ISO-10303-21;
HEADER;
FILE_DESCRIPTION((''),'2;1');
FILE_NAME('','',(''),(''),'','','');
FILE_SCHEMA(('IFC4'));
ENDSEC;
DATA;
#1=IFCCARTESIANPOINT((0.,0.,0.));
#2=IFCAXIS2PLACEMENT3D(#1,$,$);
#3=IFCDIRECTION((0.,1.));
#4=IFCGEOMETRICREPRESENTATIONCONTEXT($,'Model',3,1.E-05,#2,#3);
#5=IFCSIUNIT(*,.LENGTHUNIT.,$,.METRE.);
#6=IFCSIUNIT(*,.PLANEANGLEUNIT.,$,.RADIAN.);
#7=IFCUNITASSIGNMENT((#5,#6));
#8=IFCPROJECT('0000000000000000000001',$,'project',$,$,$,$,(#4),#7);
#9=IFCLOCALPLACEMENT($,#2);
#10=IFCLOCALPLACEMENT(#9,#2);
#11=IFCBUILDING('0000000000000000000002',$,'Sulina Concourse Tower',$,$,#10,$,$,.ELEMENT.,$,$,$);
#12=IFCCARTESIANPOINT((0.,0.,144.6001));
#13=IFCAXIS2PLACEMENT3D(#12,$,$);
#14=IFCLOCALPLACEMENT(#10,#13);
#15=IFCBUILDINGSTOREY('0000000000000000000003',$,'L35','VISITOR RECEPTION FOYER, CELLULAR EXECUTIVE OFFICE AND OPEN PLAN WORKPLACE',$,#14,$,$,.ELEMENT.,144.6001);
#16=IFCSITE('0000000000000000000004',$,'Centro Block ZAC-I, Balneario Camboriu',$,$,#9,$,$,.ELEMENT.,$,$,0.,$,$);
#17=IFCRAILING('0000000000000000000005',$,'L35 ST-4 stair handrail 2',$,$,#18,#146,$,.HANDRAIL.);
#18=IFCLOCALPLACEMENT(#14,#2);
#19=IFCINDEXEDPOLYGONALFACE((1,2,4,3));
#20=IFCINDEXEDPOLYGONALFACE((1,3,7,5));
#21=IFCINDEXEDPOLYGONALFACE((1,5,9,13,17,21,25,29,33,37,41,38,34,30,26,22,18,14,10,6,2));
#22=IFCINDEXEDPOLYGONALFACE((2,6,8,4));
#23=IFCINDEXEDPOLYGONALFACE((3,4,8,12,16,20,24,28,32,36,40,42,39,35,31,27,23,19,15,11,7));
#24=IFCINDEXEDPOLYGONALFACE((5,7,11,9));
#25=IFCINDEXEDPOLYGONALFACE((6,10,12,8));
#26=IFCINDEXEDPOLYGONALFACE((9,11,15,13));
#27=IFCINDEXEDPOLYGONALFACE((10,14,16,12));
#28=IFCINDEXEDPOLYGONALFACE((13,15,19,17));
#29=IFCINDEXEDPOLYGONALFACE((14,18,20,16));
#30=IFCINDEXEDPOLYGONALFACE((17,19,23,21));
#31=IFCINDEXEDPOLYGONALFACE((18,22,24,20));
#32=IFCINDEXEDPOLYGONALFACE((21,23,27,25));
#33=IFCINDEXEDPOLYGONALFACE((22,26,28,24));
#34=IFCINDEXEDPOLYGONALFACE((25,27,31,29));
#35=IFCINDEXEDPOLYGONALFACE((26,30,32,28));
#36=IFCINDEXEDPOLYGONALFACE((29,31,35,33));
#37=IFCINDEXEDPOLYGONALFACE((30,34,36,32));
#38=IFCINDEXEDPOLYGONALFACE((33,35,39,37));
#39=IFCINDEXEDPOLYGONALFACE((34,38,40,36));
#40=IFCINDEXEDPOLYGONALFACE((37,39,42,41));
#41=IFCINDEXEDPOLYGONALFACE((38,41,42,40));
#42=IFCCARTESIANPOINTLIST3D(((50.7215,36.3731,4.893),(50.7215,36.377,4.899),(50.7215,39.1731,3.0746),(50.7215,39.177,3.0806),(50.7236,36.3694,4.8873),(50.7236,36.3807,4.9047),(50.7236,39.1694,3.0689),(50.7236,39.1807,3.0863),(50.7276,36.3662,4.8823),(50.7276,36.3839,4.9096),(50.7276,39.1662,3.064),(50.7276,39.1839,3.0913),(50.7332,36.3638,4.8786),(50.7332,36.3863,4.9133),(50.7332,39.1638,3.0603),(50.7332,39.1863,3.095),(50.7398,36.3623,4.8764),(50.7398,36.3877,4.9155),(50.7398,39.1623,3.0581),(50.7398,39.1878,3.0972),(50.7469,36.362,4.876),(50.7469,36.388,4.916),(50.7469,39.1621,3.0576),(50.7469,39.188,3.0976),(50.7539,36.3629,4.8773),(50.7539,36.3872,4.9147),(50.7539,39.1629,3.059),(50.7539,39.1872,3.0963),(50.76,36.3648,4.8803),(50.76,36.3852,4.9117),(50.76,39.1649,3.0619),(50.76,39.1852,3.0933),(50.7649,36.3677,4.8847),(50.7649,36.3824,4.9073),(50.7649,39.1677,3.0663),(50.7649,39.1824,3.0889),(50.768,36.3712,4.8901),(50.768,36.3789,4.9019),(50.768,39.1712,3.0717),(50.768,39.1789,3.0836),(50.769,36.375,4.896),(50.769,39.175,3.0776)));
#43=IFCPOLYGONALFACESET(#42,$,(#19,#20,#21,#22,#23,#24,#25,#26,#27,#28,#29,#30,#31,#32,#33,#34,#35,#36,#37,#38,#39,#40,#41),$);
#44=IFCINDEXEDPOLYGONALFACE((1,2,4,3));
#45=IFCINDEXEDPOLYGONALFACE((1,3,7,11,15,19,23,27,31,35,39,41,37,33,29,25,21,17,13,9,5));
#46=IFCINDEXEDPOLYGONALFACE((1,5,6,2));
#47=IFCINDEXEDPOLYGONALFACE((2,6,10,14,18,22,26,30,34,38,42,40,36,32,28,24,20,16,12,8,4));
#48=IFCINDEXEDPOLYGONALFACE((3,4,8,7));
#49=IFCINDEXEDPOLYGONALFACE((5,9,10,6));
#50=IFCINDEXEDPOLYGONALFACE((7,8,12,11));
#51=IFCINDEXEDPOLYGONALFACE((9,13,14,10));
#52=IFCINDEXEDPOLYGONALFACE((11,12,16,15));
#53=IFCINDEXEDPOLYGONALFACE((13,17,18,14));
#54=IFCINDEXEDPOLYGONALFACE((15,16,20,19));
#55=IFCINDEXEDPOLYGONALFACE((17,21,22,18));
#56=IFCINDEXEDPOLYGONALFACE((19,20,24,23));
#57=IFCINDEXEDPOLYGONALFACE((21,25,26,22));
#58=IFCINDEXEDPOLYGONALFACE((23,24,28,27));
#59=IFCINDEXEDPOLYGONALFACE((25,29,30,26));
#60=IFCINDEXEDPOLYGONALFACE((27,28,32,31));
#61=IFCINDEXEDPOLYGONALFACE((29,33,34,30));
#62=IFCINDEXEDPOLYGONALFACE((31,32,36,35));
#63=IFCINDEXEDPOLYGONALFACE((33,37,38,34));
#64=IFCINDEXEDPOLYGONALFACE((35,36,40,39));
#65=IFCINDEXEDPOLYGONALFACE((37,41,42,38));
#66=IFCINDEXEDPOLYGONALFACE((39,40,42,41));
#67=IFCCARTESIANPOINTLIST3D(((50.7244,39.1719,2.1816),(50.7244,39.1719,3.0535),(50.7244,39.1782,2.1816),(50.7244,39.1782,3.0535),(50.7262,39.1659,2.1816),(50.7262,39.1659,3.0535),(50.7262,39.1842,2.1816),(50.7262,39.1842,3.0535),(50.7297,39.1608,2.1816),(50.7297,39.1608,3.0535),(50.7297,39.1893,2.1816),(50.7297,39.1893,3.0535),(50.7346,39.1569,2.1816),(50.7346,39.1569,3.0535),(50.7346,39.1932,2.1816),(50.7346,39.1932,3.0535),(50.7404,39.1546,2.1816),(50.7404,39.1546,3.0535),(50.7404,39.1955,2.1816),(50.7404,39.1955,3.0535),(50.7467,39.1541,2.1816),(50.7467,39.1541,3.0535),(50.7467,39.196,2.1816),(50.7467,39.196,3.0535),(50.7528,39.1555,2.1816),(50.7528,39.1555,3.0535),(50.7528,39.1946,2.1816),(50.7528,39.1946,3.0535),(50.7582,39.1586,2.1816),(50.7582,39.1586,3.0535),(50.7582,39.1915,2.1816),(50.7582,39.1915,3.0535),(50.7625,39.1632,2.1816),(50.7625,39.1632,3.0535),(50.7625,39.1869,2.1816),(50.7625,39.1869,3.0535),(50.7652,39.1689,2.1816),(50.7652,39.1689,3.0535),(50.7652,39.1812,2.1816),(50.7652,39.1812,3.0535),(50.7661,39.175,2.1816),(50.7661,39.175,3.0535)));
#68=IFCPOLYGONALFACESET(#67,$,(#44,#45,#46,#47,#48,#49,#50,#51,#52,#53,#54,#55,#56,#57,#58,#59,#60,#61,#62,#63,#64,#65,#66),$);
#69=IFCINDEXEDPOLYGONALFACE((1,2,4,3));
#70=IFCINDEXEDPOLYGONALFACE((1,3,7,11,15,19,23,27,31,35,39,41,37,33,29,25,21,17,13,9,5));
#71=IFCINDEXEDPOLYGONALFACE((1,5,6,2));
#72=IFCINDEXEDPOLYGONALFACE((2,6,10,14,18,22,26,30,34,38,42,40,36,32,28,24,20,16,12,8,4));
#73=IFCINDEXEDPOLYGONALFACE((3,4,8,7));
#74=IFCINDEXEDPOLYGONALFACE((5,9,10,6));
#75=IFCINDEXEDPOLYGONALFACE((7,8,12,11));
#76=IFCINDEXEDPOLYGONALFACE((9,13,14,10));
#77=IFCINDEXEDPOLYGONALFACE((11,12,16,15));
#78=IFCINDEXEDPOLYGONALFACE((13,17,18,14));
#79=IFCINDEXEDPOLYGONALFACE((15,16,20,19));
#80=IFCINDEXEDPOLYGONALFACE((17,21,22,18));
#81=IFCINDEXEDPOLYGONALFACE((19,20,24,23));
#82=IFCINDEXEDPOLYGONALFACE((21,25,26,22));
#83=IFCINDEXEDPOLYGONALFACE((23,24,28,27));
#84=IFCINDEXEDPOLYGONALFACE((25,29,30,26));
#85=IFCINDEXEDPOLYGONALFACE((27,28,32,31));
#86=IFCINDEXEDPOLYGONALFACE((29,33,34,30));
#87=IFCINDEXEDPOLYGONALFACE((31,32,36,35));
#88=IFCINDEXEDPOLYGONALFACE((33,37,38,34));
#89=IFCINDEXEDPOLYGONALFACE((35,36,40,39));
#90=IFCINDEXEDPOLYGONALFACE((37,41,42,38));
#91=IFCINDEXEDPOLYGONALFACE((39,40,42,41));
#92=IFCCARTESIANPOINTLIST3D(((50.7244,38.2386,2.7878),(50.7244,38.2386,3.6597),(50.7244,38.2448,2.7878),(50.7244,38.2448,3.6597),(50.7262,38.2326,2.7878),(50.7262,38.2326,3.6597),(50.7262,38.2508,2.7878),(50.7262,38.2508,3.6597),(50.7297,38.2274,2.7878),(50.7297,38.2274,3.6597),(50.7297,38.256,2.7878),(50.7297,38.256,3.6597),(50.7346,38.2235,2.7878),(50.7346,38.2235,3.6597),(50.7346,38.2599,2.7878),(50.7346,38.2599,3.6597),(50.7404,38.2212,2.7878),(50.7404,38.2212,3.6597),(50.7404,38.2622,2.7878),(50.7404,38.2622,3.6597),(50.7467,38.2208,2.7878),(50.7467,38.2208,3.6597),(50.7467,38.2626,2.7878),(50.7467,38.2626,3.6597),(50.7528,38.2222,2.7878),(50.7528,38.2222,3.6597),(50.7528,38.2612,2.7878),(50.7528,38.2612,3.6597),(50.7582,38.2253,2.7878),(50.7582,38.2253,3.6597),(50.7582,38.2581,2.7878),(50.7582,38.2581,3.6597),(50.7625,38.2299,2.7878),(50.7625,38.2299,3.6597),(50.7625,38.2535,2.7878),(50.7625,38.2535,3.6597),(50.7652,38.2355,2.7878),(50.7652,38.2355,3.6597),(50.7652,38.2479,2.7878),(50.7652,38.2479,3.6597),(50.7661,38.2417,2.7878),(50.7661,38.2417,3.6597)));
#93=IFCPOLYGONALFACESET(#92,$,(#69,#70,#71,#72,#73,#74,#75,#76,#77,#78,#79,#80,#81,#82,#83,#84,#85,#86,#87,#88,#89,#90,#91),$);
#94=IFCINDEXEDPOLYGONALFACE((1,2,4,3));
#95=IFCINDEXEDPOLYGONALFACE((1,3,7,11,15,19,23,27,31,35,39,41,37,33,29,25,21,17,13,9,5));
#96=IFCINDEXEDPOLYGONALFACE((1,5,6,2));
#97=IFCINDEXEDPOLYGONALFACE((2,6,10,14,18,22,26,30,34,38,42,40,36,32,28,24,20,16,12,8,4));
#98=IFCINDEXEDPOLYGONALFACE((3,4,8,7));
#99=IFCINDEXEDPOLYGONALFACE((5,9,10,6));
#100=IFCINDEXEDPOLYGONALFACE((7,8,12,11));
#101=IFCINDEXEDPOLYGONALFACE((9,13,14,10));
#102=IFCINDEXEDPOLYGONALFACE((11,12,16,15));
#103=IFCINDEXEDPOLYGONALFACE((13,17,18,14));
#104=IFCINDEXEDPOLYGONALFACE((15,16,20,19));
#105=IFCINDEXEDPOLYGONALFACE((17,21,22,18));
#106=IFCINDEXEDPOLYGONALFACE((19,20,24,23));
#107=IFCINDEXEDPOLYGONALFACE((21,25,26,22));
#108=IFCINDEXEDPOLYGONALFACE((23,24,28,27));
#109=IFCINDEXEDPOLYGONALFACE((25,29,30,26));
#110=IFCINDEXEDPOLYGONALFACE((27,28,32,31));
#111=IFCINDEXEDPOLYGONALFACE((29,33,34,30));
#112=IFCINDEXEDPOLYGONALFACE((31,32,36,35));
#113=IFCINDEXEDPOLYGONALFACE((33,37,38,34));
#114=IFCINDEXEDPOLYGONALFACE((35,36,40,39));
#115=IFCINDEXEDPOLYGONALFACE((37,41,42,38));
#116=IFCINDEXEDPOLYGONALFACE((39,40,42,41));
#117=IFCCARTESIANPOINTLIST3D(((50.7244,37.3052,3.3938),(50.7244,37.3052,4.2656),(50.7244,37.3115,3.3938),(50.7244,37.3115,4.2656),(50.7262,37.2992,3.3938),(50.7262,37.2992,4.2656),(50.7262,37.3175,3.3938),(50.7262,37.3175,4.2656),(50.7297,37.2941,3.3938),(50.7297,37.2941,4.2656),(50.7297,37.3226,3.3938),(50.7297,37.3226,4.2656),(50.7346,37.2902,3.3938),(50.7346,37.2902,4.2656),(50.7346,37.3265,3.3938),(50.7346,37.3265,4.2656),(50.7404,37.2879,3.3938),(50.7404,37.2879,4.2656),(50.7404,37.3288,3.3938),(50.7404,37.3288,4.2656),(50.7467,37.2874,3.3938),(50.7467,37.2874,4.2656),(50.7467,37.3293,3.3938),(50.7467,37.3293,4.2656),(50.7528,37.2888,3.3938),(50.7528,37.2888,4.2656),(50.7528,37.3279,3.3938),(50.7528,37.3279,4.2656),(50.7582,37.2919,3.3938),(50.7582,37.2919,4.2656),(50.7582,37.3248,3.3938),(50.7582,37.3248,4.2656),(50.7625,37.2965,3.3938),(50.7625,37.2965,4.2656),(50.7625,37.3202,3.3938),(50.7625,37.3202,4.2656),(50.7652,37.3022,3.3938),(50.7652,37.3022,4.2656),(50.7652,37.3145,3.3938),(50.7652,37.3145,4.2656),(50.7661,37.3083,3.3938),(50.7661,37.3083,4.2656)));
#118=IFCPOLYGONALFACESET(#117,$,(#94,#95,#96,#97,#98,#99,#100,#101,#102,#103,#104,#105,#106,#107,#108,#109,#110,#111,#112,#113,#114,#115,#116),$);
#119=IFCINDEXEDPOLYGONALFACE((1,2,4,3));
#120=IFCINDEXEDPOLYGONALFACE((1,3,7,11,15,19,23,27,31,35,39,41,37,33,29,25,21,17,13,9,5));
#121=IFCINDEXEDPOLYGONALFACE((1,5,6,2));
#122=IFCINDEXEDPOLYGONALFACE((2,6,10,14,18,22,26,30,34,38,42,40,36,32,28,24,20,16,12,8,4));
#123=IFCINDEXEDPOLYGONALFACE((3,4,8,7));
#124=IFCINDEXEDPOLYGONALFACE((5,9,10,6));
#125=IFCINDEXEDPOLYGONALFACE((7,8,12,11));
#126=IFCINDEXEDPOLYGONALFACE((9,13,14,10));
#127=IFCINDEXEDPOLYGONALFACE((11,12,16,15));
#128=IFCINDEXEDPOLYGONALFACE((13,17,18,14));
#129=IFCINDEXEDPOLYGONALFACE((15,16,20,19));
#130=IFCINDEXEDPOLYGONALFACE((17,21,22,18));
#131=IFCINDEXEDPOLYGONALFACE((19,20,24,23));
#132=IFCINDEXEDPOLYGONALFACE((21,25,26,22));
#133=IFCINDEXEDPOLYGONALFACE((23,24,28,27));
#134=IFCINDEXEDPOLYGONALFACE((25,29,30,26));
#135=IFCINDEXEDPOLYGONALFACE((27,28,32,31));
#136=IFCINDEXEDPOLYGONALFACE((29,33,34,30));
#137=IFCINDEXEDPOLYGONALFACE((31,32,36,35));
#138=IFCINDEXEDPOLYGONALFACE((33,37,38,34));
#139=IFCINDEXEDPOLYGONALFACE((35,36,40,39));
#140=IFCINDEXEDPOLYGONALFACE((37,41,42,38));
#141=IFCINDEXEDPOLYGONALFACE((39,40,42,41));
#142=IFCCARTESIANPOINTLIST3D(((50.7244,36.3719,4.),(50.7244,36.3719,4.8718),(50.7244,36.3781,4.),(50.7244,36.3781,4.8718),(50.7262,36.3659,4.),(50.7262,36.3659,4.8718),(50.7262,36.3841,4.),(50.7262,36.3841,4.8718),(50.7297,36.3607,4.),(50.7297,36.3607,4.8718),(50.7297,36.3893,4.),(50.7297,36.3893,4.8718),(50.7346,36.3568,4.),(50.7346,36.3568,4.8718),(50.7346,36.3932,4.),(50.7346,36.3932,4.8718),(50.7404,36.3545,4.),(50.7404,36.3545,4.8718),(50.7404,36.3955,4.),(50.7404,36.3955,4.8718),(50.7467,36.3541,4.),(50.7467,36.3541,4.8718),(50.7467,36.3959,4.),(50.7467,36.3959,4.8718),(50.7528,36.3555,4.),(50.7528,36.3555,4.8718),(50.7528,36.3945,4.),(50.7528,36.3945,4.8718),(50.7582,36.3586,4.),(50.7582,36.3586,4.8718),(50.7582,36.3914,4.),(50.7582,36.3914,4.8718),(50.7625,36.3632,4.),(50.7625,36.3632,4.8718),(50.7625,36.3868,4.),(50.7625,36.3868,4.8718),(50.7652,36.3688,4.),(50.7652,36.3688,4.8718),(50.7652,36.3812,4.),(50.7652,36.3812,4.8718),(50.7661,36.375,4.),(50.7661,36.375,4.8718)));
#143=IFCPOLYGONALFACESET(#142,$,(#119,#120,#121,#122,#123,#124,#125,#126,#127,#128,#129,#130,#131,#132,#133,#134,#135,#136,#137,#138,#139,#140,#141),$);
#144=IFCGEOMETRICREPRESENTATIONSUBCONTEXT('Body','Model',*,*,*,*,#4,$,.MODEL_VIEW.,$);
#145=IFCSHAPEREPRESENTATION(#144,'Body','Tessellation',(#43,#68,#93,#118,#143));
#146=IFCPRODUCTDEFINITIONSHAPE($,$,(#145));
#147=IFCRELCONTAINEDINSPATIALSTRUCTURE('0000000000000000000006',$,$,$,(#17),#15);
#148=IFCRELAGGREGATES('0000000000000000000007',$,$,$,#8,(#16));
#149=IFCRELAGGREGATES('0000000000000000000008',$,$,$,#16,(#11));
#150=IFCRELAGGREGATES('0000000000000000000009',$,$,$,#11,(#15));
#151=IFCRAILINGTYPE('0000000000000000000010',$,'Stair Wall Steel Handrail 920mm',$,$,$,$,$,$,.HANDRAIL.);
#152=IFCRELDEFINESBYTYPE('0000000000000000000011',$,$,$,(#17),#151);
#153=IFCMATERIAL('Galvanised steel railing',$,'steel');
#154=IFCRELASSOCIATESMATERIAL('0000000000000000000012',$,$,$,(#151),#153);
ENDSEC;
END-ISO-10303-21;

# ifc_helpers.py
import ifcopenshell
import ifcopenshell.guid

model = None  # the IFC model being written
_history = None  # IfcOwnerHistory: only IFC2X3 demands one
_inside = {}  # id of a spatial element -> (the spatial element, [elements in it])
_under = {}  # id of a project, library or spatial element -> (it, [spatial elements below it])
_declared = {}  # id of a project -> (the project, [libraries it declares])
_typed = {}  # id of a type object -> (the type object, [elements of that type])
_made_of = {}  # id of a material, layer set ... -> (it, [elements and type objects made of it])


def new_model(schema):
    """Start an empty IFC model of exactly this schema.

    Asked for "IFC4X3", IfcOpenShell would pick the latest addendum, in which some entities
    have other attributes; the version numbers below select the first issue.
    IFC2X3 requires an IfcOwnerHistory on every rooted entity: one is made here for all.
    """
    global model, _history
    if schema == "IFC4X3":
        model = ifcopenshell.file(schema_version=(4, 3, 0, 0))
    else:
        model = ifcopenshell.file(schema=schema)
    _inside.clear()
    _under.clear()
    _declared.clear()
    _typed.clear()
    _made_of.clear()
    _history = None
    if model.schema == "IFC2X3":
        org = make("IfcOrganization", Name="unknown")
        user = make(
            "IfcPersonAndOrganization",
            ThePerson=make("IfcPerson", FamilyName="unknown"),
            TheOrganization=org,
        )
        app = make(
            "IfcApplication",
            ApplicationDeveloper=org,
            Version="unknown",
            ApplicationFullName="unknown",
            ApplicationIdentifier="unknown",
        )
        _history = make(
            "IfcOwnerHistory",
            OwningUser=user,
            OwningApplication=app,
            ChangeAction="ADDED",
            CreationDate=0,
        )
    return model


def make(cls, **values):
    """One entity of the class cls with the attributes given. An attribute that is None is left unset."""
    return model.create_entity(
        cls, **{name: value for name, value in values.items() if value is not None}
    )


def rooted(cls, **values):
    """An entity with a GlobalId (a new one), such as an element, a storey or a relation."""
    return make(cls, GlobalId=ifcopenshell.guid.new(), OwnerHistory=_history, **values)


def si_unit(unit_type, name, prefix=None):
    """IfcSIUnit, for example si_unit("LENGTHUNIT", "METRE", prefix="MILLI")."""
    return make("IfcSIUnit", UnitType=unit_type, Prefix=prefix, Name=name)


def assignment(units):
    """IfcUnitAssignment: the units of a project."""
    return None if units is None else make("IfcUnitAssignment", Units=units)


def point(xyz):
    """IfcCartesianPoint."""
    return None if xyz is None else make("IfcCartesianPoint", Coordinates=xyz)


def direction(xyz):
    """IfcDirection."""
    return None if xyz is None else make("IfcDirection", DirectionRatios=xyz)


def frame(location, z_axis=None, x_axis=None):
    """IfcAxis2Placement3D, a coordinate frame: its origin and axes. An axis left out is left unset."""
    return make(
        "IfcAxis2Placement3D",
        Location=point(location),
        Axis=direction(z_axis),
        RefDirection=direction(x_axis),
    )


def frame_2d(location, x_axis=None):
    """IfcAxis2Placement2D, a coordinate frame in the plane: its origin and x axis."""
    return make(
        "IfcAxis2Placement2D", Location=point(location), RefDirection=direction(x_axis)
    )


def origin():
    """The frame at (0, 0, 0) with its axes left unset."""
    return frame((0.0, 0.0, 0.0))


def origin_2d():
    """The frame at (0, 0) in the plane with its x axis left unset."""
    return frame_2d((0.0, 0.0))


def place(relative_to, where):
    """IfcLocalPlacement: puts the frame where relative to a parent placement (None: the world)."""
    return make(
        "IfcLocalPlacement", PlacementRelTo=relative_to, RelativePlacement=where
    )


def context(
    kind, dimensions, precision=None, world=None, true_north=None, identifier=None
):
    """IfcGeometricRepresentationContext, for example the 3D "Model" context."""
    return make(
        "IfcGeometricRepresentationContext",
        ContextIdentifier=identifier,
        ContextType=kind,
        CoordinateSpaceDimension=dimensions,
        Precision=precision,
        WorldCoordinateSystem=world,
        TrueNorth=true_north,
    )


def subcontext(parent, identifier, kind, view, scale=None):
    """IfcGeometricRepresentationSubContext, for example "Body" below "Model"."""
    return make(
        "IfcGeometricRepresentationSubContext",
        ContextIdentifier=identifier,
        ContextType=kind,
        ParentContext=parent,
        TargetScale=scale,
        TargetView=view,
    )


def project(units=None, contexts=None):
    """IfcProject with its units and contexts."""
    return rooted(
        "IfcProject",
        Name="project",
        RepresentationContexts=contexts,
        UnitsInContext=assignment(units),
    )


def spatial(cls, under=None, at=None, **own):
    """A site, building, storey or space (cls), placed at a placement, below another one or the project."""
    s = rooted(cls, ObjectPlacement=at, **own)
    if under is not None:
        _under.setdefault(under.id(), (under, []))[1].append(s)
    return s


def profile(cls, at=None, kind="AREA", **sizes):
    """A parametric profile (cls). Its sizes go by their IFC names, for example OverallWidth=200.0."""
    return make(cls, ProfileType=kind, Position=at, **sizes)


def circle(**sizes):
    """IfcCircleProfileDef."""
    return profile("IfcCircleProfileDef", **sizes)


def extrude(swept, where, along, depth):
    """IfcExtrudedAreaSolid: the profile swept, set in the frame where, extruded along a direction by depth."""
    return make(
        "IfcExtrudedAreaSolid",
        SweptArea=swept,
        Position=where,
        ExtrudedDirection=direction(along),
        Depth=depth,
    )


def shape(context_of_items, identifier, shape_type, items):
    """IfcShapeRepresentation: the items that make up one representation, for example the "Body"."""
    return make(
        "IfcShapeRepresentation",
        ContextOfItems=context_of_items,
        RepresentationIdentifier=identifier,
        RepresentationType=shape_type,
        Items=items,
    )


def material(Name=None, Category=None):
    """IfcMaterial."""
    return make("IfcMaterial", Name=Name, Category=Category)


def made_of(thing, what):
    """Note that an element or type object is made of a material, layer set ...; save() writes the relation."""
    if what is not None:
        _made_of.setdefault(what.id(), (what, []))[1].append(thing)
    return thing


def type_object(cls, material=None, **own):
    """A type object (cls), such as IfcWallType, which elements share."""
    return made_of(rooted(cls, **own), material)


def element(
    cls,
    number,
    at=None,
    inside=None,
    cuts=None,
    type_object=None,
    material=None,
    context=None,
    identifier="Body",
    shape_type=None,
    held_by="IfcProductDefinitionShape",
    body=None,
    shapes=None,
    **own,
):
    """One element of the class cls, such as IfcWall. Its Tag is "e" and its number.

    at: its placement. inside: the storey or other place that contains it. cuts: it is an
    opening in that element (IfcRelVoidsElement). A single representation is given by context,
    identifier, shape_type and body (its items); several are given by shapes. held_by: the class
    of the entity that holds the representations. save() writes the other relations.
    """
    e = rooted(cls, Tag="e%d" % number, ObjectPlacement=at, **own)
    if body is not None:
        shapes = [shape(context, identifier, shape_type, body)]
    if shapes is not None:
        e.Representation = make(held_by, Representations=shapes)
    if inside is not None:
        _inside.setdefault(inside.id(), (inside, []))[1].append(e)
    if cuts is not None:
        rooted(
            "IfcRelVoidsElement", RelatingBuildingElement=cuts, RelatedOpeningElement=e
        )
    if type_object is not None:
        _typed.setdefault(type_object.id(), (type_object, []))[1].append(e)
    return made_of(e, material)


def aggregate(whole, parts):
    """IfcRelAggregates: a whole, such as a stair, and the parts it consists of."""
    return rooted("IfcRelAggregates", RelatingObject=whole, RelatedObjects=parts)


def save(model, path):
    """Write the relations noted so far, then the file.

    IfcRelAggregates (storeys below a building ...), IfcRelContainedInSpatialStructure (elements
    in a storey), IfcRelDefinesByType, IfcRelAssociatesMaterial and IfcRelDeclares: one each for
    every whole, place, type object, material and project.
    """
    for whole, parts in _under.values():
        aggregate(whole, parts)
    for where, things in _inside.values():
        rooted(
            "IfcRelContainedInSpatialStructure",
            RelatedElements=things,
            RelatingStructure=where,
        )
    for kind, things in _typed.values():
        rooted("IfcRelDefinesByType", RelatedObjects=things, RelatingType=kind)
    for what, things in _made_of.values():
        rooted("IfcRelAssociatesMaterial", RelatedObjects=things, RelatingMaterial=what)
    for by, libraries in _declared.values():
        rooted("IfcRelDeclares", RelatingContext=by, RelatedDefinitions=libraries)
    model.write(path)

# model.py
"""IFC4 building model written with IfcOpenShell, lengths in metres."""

from ifc_helpers import new_model, si_unit, direction, frame, origin, origin_2d, place, context, subcontext, project, spatial, circle, extrude, material, type_object, element, save


model = new_model("IFC4")

# Units and contexts
model_context = context("Model", 3, precision=1e-05, world=origin(), true_north=direction((0.0, 1.0)))
body_context = subcontext(model_context, "Body", "Model", "MODEL_VIEW")
ifc_project = project(units=[si_unit("LENGTHUNIT", "METRE"), si_unit("PLANEANGLEUNIT", "RADIAN")], contexts=[model_context])

# Site, building, storey
site_placement = place(None, origin())
site = spatial("IfcSite", under=ifc_project, at=site_placement, Name="Centro Block ZAC-I, Balneario Camboriu", CompositionType="ELEMENT", RefElevation=0.0)
building_placement = place(site_placement, origin())
building = spatial("IfcBuilding", under=site, at=building_placement, Name="Sulina Concourse Tower", CompositionType="ELEMENT")
storey_placement = place(building_placement, frame((0.0, 0.0, 144.6001)))
storey = spatial("IfcBuildingStorey", under=building, at=storey_placement, Name="L35", Description="VISITOR RECEPTION FOYER, CELLULAR EXECUTIVE OFFICE AND OPEN PLAN WORKPLACE", CompositionType="ELEMENT", Elevation=144.6001)

# Railing
ifc_material_1 = material(Name="Galvanised steel railing", Category="steel")
railing_type_1 = type_object("IfcRailingType", Name="Stair Wall Steel Handrail 920mm", PredefinedType="HANDRAIL", material=ifc_material_1)
railing_1_placement = place(storey_placement, frame((50.7451, 39.175, 2.1816)))
element("IfcRailing", 1, at=railing_1_placement, inside=storey, type_object=railing_type_1, Name="L35 ST-4 stair handrail 2", PredefinedType="HANDRAIL", context=body_context, shape_type="SweptSolid", body=[
    extrude(circle(Radius=0.0239, at=origin_2d()), frame((0.0, 0.0, 0.896), z_axis=(0.0, -0.838672, 0.544636), x_axis=(1.0, 0.0, 0.0)), (0.0, 0.0, 1.0), 3.3386),
    extrude(circle(Radius=0.021, at=origin_2d()), origin(), (0.0, 0.0, 1.0), 0.8718),
    extrude(circle(Radius=0.021, at=origin_2d()), frame((0.0, -0.9333, 0.6062)), (0.0, 0.0, 1.0), 0.8718),
    extrude(circle(Radius=0.021, at=origin_2d()), frame((0.0, -1.8667, 1.2122)), (0.0, 0.0, 1.0), 0.8718),
    extrude(circle(Radius=0.021, at=origin_2d()), frame((0.0, -2.8, 1.8184)), (0.0, 0.0, 1.0), 0.8718),
])

save(model, "model.ifc")
